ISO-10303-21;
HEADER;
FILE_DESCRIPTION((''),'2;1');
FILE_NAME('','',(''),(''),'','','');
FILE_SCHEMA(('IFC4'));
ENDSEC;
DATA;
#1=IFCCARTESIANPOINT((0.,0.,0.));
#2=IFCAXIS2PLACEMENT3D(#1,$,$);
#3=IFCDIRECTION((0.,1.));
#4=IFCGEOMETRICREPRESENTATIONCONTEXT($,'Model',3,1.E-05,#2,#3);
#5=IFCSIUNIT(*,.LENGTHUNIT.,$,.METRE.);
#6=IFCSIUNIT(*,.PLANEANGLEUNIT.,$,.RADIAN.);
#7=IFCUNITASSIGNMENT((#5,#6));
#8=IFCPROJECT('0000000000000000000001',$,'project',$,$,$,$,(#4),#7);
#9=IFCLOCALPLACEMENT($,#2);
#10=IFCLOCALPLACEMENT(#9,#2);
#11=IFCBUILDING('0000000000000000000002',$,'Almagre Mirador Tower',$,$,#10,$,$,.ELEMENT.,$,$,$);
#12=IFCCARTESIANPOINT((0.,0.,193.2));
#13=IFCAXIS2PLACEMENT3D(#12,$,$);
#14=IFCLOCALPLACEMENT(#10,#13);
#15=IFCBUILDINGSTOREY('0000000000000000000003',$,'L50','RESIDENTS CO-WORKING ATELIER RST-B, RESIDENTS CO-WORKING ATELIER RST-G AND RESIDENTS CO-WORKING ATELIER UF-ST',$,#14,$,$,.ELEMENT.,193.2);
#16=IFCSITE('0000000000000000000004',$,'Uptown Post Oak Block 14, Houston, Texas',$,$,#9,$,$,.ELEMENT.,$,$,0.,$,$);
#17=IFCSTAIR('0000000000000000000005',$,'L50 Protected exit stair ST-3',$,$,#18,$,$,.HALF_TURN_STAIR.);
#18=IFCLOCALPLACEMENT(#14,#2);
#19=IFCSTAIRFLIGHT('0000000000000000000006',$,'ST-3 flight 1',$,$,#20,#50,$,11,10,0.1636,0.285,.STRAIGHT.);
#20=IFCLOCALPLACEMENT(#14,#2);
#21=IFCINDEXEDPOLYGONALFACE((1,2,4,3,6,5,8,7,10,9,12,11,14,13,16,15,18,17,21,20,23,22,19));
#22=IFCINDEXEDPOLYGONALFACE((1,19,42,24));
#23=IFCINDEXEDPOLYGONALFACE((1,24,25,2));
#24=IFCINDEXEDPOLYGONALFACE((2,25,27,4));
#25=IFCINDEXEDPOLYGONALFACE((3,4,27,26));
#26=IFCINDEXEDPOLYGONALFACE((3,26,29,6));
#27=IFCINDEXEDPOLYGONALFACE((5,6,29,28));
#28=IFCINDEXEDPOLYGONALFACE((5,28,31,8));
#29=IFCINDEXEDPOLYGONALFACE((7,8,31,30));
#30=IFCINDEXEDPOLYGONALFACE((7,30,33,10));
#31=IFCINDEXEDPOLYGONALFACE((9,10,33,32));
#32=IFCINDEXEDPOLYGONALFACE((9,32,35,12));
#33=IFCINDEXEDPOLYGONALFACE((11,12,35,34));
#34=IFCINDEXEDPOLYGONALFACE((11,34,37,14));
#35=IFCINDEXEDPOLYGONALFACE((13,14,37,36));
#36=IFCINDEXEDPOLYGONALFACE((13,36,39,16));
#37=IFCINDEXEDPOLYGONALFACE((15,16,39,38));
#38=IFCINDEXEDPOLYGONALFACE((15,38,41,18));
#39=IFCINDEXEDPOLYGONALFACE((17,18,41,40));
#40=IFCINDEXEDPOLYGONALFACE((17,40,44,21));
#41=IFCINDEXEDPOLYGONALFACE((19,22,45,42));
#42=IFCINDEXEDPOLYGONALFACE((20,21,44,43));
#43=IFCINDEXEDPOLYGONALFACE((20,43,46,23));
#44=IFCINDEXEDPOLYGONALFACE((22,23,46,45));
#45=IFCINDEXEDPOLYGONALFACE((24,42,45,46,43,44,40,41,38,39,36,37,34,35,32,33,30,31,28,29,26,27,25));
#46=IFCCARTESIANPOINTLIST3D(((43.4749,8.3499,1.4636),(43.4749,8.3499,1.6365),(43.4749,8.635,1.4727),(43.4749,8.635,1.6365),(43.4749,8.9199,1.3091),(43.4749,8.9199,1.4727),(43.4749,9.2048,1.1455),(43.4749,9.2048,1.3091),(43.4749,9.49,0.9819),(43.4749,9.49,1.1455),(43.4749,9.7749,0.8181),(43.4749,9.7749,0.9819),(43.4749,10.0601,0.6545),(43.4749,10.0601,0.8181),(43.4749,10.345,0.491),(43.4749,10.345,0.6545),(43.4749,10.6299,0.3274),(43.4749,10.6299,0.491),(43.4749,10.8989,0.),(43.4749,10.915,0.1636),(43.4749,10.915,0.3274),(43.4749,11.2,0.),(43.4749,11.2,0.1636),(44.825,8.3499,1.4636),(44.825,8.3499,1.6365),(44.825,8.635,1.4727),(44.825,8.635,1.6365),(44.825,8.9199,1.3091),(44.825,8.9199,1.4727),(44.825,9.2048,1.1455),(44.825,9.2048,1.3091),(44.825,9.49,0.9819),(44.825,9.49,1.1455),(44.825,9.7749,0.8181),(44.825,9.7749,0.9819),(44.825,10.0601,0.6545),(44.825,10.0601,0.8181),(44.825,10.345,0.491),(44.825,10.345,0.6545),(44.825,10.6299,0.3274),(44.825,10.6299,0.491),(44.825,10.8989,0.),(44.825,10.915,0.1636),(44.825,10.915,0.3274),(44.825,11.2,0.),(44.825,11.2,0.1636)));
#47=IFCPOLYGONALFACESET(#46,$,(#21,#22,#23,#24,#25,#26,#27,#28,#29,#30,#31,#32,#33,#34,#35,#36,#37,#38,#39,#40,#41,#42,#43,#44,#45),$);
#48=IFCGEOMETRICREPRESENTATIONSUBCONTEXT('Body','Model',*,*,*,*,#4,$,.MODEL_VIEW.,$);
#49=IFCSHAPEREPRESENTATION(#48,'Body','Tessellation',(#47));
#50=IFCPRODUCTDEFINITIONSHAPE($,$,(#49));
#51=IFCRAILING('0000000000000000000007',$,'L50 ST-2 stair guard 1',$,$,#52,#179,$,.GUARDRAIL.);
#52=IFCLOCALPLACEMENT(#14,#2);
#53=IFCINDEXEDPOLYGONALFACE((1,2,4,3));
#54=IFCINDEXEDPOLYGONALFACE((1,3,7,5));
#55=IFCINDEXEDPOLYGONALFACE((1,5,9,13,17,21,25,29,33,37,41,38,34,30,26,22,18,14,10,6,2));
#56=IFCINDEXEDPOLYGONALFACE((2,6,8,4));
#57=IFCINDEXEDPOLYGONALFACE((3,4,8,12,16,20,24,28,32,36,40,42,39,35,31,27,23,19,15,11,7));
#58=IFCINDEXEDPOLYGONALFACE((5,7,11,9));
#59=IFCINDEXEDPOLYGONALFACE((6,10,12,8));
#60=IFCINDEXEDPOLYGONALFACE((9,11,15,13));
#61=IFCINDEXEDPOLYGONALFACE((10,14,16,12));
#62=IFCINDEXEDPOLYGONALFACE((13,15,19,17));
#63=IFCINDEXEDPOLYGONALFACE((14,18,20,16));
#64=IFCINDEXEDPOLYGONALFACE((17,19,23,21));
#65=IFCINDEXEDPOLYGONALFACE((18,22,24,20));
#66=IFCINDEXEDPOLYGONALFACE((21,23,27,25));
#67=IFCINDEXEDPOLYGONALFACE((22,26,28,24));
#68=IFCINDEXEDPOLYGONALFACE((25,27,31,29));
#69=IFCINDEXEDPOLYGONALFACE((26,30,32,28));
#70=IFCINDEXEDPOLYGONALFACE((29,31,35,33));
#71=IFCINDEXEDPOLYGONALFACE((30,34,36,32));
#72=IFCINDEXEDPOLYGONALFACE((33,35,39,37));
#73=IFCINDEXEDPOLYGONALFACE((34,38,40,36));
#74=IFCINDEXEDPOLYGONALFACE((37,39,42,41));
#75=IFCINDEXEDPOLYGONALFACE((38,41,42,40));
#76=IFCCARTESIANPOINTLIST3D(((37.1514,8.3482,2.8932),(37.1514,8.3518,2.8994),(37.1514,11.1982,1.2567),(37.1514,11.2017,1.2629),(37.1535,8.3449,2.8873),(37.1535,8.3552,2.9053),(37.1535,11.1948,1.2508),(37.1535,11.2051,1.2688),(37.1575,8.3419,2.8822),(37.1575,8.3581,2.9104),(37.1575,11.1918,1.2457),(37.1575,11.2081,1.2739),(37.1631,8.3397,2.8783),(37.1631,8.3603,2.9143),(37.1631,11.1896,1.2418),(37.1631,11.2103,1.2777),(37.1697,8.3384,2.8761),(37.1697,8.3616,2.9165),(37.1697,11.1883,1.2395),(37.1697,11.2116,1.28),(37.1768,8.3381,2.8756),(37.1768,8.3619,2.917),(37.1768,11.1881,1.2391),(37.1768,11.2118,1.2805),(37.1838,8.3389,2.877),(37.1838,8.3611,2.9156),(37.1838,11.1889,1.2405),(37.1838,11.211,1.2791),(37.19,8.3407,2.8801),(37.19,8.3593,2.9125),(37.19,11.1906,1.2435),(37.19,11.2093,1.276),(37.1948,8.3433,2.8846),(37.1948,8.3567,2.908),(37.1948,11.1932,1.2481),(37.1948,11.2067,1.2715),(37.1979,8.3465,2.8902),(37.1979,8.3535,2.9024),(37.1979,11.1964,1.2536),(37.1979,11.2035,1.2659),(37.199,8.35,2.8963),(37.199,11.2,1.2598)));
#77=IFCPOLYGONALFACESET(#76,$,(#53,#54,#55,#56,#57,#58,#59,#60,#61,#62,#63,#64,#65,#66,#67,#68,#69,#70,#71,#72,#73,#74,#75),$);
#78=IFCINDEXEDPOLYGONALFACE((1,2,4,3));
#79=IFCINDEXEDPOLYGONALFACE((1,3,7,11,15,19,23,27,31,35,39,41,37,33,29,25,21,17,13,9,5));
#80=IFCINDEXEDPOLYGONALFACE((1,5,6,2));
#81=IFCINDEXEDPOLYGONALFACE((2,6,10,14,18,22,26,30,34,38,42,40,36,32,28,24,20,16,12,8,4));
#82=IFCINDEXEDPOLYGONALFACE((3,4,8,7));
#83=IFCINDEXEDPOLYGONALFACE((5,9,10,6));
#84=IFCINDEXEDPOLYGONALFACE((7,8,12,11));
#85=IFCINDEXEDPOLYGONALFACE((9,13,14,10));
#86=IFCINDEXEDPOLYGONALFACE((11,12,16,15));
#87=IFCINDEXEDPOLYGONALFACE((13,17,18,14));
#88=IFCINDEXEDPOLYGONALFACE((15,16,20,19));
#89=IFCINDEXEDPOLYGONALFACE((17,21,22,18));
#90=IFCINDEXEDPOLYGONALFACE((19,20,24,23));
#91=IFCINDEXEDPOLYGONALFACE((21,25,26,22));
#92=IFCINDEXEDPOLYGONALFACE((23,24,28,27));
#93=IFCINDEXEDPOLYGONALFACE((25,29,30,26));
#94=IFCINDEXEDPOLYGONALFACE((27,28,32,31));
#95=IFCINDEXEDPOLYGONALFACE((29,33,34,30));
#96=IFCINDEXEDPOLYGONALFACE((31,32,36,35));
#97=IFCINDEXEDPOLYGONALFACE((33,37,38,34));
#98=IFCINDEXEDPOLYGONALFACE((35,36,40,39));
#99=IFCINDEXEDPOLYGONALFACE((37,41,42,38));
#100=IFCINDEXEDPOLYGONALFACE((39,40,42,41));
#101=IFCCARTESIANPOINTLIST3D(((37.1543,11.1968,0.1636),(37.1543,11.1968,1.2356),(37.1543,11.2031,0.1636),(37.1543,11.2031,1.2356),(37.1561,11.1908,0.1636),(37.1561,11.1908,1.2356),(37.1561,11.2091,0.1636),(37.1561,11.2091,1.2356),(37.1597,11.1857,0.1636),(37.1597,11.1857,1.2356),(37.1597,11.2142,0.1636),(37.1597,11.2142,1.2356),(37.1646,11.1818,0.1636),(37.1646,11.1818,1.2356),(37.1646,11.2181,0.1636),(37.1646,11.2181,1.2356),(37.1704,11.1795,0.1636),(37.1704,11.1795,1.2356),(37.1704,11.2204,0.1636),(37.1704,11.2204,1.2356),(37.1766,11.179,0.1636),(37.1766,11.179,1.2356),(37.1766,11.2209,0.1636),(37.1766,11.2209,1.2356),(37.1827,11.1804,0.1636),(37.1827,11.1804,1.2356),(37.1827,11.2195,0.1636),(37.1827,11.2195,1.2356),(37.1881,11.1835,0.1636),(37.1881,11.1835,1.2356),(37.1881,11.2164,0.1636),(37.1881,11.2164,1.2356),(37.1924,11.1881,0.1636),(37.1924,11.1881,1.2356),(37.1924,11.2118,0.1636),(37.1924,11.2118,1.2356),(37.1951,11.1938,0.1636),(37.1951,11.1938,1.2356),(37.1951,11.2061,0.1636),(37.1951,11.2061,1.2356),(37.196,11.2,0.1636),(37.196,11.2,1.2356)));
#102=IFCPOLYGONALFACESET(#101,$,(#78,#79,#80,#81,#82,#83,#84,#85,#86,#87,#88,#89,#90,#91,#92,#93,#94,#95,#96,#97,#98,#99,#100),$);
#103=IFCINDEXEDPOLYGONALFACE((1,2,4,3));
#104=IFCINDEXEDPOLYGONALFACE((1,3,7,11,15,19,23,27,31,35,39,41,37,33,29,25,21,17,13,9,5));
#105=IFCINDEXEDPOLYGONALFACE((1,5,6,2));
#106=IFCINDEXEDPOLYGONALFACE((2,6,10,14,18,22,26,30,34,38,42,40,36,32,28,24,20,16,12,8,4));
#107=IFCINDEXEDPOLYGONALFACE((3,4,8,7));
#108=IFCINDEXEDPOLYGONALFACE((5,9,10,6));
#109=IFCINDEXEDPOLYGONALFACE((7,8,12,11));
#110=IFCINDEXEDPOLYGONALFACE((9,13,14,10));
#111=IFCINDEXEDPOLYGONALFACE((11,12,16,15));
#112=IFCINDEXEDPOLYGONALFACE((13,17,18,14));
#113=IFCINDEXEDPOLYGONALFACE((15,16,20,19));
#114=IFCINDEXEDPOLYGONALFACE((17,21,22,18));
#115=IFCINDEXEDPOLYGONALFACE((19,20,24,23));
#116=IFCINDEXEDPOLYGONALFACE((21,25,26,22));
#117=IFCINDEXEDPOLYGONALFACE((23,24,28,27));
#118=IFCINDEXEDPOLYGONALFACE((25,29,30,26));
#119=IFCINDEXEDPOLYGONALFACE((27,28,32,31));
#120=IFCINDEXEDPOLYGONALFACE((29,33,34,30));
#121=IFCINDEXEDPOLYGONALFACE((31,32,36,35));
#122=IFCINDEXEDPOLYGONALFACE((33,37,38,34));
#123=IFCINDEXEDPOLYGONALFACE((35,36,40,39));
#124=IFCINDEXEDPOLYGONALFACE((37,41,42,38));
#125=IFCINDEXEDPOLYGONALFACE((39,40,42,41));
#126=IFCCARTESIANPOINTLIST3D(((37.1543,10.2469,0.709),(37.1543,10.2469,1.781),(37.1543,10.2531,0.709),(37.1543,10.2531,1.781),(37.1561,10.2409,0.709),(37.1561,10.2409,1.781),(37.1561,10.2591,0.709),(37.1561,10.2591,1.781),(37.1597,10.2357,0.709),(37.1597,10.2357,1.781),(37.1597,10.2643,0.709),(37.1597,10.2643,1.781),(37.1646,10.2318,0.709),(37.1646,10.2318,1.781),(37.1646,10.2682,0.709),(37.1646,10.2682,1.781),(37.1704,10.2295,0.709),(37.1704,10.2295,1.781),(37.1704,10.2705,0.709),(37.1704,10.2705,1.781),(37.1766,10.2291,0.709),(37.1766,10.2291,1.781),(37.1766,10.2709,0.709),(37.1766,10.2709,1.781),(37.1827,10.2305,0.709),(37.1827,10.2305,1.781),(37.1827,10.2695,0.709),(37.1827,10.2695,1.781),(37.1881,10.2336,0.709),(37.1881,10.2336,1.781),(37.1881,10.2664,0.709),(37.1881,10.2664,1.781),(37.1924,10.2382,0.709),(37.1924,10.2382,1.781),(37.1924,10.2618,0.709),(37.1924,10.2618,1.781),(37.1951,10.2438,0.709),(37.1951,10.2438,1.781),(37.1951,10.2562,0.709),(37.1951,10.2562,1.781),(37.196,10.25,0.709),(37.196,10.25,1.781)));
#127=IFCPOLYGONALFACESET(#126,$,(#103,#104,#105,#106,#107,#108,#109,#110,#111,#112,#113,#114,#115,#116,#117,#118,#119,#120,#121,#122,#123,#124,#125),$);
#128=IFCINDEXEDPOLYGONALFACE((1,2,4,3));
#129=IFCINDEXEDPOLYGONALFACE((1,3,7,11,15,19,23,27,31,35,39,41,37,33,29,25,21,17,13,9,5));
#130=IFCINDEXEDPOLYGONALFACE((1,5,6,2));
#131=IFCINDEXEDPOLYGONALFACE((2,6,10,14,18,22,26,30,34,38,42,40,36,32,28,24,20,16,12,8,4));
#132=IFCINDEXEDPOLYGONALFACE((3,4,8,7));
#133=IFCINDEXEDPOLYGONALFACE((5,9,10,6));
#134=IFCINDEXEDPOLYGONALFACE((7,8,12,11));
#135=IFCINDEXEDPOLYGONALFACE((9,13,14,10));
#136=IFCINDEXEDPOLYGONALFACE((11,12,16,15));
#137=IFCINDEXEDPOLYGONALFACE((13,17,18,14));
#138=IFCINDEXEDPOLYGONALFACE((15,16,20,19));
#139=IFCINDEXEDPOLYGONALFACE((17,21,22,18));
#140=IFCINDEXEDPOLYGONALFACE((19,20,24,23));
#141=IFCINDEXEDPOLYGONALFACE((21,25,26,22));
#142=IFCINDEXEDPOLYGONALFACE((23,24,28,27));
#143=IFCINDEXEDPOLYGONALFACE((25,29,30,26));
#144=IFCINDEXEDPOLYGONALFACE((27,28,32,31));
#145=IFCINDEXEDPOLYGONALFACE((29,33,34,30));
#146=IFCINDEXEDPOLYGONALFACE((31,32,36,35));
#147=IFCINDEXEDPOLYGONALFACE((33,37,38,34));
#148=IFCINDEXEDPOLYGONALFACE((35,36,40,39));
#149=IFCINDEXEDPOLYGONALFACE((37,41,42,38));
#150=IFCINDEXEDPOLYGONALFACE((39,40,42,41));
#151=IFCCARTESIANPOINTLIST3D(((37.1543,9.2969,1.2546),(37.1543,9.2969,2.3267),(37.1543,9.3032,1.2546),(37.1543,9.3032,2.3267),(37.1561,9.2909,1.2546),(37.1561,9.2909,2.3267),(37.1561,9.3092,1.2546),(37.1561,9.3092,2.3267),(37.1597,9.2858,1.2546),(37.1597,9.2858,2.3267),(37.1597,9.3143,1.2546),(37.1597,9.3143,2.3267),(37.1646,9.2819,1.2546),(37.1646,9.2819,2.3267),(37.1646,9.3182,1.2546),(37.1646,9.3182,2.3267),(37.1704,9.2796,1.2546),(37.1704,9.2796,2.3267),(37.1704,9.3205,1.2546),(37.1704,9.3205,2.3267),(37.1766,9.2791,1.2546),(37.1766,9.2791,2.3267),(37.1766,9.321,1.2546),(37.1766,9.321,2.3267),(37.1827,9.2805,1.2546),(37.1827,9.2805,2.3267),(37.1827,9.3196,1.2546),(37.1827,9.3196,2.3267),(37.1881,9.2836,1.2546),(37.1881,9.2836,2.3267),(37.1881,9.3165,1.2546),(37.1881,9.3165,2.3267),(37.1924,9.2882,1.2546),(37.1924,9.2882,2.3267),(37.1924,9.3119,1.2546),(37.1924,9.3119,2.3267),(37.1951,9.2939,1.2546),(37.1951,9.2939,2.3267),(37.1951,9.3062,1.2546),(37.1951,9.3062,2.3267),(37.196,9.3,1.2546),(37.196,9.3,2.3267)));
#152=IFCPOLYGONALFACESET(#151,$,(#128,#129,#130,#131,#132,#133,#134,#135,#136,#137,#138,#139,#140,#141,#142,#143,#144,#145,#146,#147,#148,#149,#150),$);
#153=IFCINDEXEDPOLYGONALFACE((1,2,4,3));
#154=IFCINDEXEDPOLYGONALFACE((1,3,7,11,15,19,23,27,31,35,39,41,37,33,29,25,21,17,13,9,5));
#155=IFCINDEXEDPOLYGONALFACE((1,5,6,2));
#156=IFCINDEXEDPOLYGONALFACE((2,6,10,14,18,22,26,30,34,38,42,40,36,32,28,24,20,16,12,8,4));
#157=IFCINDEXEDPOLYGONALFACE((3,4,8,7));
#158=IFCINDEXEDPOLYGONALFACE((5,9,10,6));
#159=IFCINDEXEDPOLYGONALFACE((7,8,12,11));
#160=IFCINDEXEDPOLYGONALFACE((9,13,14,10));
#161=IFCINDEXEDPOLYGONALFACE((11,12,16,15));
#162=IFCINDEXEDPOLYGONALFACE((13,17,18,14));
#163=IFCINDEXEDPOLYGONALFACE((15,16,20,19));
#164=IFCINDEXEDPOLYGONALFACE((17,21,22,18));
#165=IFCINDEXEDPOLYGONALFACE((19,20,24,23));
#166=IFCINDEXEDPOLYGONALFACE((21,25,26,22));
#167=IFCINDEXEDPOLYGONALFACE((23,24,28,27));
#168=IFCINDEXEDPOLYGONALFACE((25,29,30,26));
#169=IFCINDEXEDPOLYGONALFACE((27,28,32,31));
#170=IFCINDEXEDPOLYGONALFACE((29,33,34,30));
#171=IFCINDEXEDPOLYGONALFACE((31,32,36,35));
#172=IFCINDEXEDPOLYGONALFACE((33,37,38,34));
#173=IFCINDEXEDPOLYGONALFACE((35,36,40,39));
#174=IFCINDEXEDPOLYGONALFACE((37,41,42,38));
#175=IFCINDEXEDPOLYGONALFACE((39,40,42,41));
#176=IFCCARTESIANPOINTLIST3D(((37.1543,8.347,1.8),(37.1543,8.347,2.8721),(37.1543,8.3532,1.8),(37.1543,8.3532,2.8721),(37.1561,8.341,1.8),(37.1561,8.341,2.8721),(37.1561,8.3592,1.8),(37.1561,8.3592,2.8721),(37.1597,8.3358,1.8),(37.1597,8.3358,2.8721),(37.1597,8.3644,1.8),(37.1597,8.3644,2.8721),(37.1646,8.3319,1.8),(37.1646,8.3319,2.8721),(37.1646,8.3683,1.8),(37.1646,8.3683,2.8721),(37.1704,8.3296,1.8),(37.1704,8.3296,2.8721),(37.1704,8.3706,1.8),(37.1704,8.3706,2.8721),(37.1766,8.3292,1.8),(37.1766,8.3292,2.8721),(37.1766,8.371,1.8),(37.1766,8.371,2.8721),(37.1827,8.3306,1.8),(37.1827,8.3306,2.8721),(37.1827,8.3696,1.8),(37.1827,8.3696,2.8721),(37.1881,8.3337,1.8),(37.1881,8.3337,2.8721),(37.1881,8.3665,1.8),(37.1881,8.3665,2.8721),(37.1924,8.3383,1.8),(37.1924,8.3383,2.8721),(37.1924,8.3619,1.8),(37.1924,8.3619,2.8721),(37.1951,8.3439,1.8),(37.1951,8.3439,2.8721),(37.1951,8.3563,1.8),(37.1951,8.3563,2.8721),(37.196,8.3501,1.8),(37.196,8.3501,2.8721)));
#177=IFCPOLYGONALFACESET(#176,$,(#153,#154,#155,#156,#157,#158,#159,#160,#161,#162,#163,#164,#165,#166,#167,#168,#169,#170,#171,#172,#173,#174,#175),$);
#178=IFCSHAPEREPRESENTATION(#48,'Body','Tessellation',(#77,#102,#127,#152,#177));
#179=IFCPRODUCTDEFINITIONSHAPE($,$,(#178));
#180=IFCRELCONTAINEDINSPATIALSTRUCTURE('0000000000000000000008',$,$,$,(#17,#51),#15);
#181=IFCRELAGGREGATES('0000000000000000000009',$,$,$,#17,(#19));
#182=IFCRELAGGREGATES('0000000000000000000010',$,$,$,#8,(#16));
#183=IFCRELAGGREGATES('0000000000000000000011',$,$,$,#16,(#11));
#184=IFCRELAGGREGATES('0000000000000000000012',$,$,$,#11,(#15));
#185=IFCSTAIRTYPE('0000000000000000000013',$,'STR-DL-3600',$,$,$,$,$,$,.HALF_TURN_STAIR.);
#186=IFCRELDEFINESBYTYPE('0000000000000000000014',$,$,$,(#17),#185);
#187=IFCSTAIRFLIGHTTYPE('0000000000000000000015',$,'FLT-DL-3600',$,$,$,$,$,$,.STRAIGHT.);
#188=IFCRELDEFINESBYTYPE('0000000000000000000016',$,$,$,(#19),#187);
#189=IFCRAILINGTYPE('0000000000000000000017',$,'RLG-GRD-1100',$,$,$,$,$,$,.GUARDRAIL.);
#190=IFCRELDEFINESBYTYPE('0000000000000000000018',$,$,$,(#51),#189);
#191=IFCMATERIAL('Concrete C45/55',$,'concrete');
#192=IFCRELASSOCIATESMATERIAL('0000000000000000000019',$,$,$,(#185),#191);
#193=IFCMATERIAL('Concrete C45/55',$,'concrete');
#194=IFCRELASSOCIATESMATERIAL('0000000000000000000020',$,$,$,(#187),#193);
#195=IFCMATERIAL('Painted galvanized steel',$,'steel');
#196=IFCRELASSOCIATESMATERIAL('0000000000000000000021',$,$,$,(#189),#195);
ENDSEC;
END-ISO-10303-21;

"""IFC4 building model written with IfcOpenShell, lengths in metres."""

from ifc_helpers import new_model, si_unit, direction, frame, origin, origin_2d, place, context, subcontext, project, spatial, polyline, circle, outline, extrude, material, type_object, element, aggregate, save


model = new_model("IFC4")

# Units and contexts
model_context = context("Model", 3, precision=1e-05, world=origin(), true_north=direction((0.0, 1.0)))
body_context = subcontext(model_context, "Body", "Model", "MODEL_VIEW")
ifc_project = project(units=[si_unit("LENGTHUNIT", "METRE"), si_unit("PLANEANGLEUNIT", "RADIAN")], contexts=[model_context])

# Site, building, storey
site_placement = place(None, origin())
site = spatial("IfcSite", under=ifc_project, at=site_placement, Name="Uptown Post Oak Block 14, Houston, Texas", CompositionType="ELEMENT", RefElevation=0.0)
building_placement = place(site_placement, origin())
building = spatial("IfcBuilding", under=site, at=building_placement, Name="Almagre Mirador Tower", CompositionType="ELEMENT")
storey_placement = place(building_placement, frame((0.0, 0.0, 193.2)))
storey = spatial("IfcBuildingStorey", under=building, at=storey_placement, Name="L50", Description="RESIDENTS CO-WORKING ATELIER RST-B, RESIDENTS CO-WORKING ATELIER RST-G AND RESIDENTS CO-WORKING ATELIER UF-ST", CompositionType="ELEMENT", Elevation=193.2)

# Shared definitions
ifc_material_1 = material(Name="Concrete C45/55", Category="concrete")
stair_type = type_object("IfcStairType", Name="STR-DL-3600", PredefinedType="HALF_TURN_STAIR", material=ifc_material_1)
ifc_material_2 = material(Name="Concrete C45/55", Category="concrete")
stair_flight_type = type_object("IfcStairFlightType", Name="FLT-DL-3600", PredefinedType="STRAIGHT", material=ifc_material_2)

# Stair, stair flight
stair_1_placement = place(storey_placement, origin())
stair_1 = element("IfcStair", 1, at=stair_1_placement, inside=storey, type_object=stair_type, Name="L50 Protected exit stair ST-3", PredefinedType="HALF_TURN_STAIR")
stair_flight_1_placement = place(storey_placement, frame((44.1499, 11.2, 0.0), z_axis=(0.0, 0.0, 1.0), x_axis=(0.0, -1.0, 0.0)))
stair_flight_1 = element("IfcStairFlight", 2, at=stair_flight_1_placement, type_object=stair_flight_type, Name="ST-3 flight 1", NumberOfRisers=11, NumberOfTreads=10, PredefinedType="STRAIGHT", RiserHeight=0.1636, TreadLength=0.285, context=body_context, shape_type="SweptSolid", body=[
    extrude(outline(polyline([(0.0, 0.0), (0.0, 0.1636), (0.2849, 0.1636), (0.2849, 0.3274), (0.5701, 0.3274), (0.5701, 0.491), (0.855, 0.491), (0.855, 0.6545), (1.1399, 0.6545), (1.1399, 0.8181), (1.425, 0.8181), (1.425, 0.9819), (1.71, 0.9819), (1.71, 1.1455), (1.9951, 1.1455), (1.9951, 1.3091), (2.28, 1.3091), (2.28, 1.4727), (2.5649, 1.4727), (2.5649, 1.6365), (2.8501, 1.6365), (2.8501, 1.8), (2.8501, 1.4636), (0.301, 0.0), (0.0, 0.0)])), frame((0.0, 0.675, 0.0), z_axis=(0.0, -1.0, 0.0), x_axis=(1.0, 0.0, 0.0)), (0.0, 0.0, 1.0), 1.3501),
])
aggregate(stair_1, [stair_flight_1])

# Railing
ifc_material_3 = material(Name="Painted galvanized steel", Category="steel")
railing_type_1 = type_object("IfcRailingType", Name="RLG-GRD-1100", PredefinedType="GUARDRAIL", material=ifc_material_3)
railing_1_placement = place(storey_placement, frame((37.175, 11.2, 0.1636)))
element("IfcRailing", 3, at=railing_1_placement, inside=storey, type_object=railing_type_1, Name="L50 ST-2 stair guard 1", PredefinedType="GUARDRAIL", context=body_context, shape_type="SweptSolid", body=[
    extrude(circle(Radius=0.0239, at=origin_2d()), frame((0.0, 0.0, 1.0962), z_axis=(0.0, -0.867194, 0.49797), x_axis=(1.0, 0.0, 0.0)), (0.0, 0.0, 1.0), 3.2864),
    extrude(circle(Radius=0.021, at=origin_2d()), origin(), (0.0, 0.0, 1.0), 1.072),
    extrude(circle(Radius=0.021, at=origin_2d()), frame((0.0, -0.95, 0.5454)), (0.0, 0.0, 1.0), 1.072),
    extrude(circle(Radius=0.021, at=origin_2d()), frame((0.0, -1.8999, 1.0911)), (0.0, 0.0, 1.0), 1.072),
    extrude(circle(Radius=0.021, at=origin_2d()), frame((0.0, -2.8499, 1.6365)), (0.0, 0.0, 1.0), 1.072),
])

save(model, "model.ifc")
